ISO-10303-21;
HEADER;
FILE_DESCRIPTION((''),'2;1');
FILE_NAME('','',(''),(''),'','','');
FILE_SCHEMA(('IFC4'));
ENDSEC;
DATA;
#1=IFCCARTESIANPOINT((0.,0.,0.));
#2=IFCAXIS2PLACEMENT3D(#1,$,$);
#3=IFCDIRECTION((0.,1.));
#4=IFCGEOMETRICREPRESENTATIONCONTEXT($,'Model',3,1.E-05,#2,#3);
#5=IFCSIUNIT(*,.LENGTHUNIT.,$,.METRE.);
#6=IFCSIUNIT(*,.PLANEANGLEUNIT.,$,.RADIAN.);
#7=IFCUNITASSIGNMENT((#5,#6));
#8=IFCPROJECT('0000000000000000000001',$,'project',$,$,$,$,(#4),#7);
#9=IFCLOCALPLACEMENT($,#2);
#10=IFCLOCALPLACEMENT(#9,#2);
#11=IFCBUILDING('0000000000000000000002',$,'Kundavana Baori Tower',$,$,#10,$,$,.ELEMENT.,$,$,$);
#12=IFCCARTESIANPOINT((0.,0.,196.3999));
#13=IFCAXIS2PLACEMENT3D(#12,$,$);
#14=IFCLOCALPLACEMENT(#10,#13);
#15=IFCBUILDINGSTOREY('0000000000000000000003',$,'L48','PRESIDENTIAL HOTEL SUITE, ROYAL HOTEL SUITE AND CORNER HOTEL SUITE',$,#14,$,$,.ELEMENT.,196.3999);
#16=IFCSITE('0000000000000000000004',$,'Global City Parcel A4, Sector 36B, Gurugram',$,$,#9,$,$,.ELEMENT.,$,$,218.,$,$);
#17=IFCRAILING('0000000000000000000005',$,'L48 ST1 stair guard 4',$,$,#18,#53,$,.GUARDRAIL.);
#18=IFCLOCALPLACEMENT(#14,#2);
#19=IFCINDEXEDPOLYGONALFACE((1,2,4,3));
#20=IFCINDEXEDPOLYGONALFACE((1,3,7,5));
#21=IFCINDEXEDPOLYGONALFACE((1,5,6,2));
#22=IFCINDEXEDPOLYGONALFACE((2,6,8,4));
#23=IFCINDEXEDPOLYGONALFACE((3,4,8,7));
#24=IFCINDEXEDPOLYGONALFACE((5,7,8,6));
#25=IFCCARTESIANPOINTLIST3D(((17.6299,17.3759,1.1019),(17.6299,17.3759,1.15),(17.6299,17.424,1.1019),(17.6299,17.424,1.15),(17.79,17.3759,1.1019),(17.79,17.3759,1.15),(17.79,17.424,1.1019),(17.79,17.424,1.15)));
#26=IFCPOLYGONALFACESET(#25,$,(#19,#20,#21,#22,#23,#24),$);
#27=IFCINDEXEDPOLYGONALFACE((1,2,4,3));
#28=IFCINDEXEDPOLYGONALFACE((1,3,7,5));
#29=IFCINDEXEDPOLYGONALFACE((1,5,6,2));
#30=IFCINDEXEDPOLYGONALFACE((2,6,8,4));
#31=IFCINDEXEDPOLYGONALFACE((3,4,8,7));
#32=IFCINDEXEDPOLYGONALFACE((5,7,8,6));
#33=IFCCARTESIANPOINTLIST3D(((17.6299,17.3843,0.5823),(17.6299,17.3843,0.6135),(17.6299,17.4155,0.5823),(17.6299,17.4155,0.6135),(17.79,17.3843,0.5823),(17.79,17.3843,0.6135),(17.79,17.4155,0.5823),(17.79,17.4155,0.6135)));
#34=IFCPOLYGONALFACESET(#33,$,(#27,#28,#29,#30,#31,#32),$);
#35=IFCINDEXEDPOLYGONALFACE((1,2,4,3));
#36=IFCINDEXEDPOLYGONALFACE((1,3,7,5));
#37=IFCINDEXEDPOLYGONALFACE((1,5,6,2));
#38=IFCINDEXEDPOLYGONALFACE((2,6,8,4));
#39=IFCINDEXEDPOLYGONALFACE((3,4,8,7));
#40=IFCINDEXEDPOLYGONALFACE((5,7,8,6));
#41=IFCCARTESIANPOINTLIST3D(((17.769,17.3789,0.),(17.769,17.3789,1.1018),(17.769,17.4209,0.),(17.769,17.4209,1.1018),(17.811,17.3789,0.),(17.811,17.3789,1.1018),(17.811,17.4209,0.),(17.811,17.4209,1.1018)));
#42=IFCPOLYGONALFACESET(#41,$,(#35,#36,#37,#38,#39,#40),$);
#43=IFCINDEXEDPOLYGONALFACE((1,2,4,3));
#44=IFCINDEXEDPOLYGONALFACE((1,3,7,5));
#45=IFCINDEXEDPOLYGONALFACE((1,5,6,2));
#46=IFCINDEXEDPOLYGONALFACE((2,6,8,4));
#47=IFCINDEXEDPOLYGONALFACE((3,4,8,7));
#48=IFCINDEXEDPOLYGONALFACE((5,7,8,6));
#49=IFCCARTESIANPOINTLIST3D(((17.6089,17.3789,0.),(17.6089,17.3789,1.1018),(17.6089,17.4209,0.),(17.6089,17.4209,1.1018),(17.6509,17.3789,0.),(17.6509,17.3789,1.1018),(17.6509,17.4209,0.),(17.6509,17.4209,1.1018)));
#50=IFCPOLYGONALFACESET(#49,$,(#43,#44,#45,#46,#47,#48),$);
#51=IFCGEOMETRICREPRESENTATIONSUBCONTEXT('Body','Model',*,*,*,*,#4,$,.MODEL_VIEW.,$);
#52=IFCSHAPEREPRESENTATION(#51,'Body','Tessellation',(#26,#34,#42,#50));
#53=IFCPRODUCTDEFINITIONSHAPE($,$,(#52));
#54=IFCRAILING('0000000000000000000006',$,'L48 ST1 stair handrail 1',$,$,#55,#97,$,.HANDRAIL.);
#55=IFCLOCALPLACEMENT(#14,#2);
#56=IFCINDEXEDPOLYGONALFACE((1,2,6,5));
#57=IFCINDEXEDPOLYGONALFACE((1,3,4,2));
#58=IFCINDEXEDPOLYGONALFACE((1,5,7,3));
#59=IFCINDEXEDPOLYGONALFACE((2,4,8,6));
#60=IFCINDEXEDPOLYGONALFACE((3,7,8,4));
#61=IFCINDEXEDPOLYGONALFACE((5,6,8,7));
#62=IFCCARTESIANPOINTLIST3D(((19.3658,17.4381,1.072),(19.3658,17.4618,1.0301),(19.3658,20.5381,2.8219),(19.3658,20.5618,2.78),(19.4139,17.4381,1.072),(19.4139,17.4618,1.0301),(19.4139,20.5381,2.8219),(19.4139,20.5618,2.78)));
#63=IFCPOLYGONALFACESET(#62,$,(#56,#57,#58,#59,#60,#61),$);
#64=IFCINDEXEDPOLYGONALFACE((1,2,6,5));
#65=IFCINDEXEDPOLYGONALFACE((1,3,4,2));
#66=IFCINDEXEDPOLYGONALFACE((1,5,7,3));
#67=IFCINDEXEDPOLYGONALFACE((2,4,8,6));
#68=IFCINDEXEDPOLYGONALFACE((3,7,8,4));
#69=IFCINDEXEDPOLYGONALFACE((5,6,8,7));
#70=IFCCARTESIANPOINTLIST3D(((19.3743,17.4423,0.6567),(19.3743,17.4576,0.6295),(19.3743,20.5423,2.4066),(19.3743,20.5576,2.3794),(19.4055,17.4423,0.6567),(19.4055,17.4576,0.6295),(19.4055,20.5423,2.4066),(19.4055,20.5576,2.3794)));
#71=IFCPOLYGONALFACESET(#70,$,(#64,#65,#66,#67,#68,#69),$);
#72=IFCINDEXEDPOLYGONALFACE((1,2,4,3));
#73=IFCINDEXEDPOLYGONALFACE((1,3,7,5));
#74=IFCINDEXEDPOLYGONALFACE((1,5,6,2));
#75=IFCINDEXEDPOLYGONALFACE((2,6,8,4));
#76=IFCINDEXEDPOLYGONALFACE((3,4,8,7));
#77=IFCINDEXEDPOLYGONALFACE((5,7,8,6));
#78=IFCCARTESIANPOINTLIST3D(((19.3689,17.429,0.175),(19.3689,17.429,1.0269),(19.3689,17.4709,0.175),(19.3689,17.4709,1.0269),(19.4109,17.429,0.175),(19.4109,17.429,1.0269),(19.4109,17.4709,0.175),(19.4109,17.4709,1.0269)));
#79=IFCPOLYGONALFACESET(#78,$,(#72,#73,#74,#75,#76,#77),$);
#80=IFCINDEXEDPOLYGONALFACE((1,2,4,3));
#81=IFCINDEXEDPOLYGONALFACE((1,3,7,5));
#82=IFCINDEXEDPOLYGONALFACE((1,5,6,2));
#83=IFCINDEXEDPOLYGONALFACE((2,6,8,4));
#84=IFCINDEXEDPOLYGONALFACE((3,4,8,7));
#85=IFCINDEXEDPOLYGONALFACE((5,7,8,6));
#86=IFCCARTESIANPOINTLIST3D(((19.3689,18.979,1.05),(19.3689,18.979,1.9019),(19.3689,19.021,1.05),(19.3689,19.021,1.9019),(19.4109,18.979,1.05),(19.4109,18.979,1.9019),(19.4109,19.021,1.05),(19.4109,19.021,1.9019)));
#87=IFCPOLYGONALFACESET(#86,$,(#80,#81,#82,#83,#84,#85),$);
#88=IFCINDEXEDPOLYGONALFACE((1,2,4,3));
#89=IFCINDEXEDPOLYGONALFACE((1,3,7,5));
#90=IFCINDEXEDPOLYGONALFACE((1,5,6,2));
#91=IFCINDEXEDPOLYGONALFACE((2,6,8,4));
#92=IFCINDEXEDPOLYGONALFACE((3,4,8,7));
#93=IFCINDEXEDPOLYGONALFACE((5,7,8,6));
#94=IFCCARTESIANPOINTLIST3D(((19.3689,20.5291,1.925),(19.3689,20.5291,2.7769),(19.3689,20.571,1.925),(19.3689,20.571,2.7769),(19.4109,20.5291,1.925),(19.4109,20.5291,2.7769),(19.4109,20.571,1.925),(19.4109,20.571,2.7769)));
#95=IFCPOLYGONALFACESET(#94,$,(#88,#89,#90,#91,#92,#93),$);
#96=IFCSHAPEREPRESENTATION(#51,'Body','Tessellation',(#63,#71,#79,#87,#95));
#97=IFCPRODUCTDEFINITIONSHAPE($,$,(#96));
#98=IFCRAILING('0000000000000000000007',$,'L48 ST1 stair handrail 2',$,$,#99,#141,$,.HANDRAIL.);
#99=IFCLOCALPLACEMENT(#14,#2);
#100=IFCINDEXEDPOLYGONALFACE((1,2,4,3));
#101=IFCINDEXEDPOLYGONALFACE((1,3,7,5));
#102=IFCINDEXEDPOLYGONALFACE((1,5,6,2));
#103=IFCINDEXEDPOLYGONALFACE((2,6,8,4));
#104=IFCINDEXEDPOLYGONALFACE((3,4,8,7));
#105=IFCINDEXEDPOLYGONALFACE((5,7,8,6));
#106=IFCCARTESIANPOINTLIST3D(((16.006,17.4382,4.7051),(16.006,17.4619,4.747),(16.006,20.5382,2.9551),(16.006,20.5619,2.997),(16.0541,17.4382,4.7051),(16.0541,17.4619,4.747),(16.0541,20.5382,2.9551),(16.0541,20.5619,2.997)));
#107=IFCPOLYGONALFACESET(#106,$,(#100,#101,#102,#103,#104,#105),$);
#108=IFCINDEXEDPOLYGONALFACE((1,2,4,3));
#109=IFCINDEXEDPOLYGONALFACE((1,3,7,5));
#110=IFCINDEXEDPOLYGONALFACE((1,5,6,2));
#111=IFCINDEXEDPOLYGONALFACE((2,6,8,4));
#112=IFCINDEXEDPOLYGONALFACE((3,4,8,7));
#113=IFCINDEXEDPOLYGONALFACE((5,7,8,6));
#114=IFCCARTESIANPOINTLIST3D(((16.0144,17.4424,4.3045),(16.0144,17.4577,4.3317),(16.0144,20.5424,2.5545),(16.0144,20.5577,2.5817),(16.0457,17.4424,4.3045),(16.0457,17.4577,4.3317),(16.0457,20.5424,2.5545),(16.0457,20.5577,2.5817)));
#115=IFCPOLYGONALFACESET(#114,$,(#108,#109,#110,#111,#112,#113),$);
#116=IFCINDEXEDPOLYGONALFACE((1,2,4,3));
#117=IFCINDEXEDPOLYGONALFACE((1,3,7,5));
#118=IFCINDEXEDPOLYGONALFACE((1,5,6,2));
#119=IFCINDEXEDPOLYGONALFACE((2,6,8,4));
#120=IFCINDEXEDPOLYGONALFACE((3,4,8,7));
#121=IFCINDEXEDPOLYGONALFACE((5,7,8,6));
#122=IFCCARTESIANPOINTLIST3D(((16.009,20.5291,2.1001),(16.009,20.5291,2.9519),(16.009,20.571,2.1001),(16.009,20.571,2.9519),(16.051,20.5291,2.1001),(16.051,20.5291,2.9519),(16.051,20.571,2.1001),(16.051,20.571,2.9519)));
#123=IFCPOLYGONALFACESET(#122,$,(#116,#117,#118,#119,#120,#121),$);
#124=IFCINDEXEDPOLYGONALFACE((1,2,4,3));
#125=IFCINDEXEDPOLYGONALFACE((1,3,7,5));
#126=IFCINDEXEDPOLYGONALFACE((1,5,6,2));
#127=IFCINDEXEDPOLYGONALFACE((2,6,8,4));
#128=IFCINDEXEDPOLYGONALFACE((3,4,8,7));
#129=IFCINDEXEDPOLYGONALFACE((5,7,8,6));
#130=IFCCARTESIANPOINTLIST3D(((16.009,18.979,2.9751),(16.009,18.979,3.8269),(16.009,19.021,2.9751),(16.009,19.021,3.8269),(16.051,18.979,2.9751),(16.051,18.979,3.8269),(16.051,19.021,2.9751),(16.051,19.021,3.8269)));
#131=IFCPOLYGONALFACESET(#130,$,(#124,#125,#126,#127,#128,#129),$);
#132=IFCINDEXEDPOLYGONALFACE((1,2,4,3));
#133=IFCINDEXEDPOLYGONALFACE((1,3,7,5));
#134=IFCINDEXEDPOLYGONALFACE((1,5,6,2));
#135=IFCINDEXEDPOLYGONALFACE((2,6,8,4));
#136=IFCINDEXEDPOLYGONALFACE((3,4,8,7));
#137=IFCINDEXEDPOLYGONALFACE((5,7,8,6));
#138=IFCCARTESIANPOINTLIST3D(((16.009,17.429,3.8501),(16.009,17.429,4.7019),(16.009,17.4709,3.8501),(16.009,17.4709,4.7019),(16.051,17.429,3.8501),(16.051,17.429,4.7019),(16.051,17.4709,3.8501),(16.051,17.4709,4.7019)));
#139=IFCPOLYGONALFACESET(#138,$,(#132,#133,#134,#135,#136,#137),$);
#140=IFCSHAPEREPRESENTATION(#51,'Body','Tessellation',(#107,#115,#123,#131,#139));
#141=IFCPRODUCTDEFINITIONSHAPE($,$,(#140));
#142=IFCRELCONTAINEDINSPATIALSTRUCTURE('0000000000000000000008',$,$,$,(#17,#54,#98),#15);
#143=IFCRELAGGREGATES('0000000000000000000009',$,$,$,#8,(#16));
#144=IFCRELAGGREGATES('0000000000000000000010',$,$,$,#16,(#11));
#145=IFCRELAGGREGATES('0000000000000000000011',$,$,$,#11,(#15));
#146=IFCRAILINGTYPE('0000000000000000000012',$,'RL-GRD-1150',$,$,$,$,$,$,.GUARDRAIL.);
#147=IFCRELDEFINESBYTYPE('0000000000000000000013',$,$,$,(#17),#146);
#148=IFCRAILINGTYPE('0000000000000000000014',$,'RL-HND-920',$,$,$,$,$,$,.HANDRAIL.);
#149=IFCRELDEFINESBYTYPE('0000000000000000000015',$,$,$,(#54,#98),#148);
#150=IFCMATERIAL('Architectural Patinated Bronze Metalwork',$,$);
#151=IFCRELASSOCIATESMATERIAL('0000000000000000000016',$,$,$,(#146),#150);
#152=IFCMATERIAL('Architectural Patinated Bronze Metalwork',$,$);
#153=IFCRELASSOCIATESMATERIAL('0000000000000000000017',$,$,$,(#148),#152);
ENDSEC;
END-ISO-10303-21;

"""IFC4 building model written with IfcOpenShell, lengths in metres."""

from ifc_helpers import new_model, si_unit, direction, frame, origin, origin_2d, place, context, subcontext, project, spatial, rectangle, extrude, material, type_object, element, save


model = new_model("IFC4")

# Units and contexts
model_context = context("Model", 3, precision=1e-05, world=origin(), true_north=direction((0.0, 1.0)))
body_context = subcontext(model_context, "Body", "Model", "MODEL_VIEW")
ifc_project = project(units=[si_unit("LENGTHUNIT", "METRE"), si_unit("PLANEANGLEUNIT", "RADIAN")], contexts=[model_context])

# Site, building, storey
site_placement = place(None, origin())
site = spatial("IfcSite", under=ifc_project, at=site_placement, Name="Global City Parcel A4, Sector 36B, Gurugram", CompositionType="ELEMENT", RefElevation=218.0)
building_placement = place(site_placement, origin())
building = spatial("IfcBuilding", under=site, at=building_placement, Name="Kundavana Baori Tower", CompositionType="ELEMENT")
storey_placement = place(building_placement, frame((0.0, 0.0, 196.3999)))
storey = spatial("IfcBuildingStorey", under=building, at=storey_placement, Name="L48", Description="PRESIDENTIAL HOTEL SUITE, ROYAL HOTEL SUITE AND CORNER HOTEL SUITE", CompositionType="ELEMENT", Elevation=196.3999)

# Railings
ifc_material_1 = material(Name="Architectural Patinated Bronze Metalwork")
railing_type_1 = type_object("IfcRailingType", Name="RL-GRD-1150", PredefinedType="GUARDRAIL", material=ifc_material_1)
railing_1_placement = place(storey_placement, frame((17.79, 17.3999, 0.0)))
element("IfcRailing", 1, at=railing_1_placement, inside=storey, type_object=railing_type_1, Name="L48 ST1 stair guard 4", PredefinedType="GUARDRAIL", context=body_context, shape_type="SweptSolid", body=[
    extrude(rectangle(XDim=0.0481, YDim=0.0481, at=origin_2d()), frame((0.0, 0.0, 1.126), z_axis=(-1.0, 0.0, 0.0), x_axis=(0.0, -1.0, 0.0)), (0.0, 0.0, 1.0), 0.1602),
    extrude(rectangle(XDim=0.0312, YDim=0.0312, at=origin_2d()), frame((0.0, 0.0, 0.5979), z_axis=(-1.0, 0.0, 0.0), x_axis=(0.0, -1.0, 0.0)), (0.0, 0.0, 1.0), 0.1602),
    extrude(rectangle(XDim=0.042, YDim=0.042, at=origin_2d()), origin(), (0.0, 0.0, 1.0), 1.1018),
    extrude(rectangle(XDim=0.042, YDim=0.042, at=origin_2d()), frame((-0.1602, 0.0, 0.0)), (0.0, 0.0, 1.0), 1.1018),
])
ifc_material_2 = material(Name="Architectural Patinated Bronze Metalwork")
railing_type_2 = type_object("IfcRailingType", Name="RL-HND-920", PredefinedType="HANDRAIL", material=ifc_material_2)
railing_2_placement = place(storey_placement, frame((19.3899, 17.45, 0.175)))
element("IfcRailing", 2, at=railing_2_placement, inside=storey, type_object=railing_type_2, Name="L48 ST1 stair handrail 1", PredefinedType="HANDRAIL", context=body_context, shape_type="SweptSolid", body=[
    extrude(rectangle(XDim=0.0481, YDim=0.0481, at=origin_2d()), frame((0.0, 0.0, 0.876), z_axis=(0.0, 0.870831, 0.491583), x_axis=(-1.0, 0.0, 0.0)), (0.0, 0.0, 1.0), 3.5598),
    extrude(rectangle(XDim=0.0312, YDim=0.0312, at=origin_2d()), frame((0.0, 0.0, 0.468), z_axis=(0.0, 0.870831, 0.491583), x_axis=(-1.0, 0.0, 0.0)), (0.0, 0.0, 1.0), 3.5598),
    extrude(rectangle(XDim=0.042, YDim=0.042, at=origin_2d()), origin(), (0.0, 0.0, 1.0), 0.8518),
    extrude(rectangle(XDim=0.042, YDim=0.042, at=origin_2d()), frame((0.0, 1.55, 0.875)), (0.0, 0.0, 1.0), 0.8518),
    extrude(rectangle(XDim=0.042, YDim=0.042, at=origin_2d()), frame((0.0, 3.1001, 1.75)), (0.0, 0.0, 1.0), 0.8518),
])
railing_3_placement = place(storey_placement, frame((16.03, 20.55, 2.1001)))
element("IfcRailing", 3, at=railing_3_placement, inside=storey, type_object=railing_type_2, Name="L48 ST1 stair handrail 2", PredefinedType="HANDRAIL", context=body_context, shape_type="SweptSolid", body=[
    extrude(rectangle(XDim=0.0481, YDim=0.0481, at=origin_2d()), frame((0.0, 0.0, 0.876), z_axis=(0.0, -0.870831, 0.491583), x_axis=(1.0, 0.0, 0.0)), (0.0, 0.0, 1.0), 3.5598),
    extrude(rectangle(XDim=0.0312, YDim=0.0312, at=origin_2d()), frame((0.0, 0.0, 0.468), z_axis=(0.0, -0.870831, 0.491583), x_axis=(1.0, 0.0, 0.0)), (0.0, 0.0, 1.0), 3.5598),
    extrude(rectangle(XDim=0.042, YDim=0.042, at=origin_2d()), origin(), (0.0, 0.0, 1.0), 0.8518),
    extrude(rectangle(XDim=0.042, YDim=0.042, at=origin_2d()), frame((0.0, -1.55, 0.875)), (0.0, 0.0, 1.0), 0.8518),
    extrude(rectangle(XDim=0.042, YDim=0.042, at=origin_2d()), frame((0.0, -3.1001, 1.75)), (0.0, 0.0, 1.0), 0.8518),
])

save(model, "model.ifc")
